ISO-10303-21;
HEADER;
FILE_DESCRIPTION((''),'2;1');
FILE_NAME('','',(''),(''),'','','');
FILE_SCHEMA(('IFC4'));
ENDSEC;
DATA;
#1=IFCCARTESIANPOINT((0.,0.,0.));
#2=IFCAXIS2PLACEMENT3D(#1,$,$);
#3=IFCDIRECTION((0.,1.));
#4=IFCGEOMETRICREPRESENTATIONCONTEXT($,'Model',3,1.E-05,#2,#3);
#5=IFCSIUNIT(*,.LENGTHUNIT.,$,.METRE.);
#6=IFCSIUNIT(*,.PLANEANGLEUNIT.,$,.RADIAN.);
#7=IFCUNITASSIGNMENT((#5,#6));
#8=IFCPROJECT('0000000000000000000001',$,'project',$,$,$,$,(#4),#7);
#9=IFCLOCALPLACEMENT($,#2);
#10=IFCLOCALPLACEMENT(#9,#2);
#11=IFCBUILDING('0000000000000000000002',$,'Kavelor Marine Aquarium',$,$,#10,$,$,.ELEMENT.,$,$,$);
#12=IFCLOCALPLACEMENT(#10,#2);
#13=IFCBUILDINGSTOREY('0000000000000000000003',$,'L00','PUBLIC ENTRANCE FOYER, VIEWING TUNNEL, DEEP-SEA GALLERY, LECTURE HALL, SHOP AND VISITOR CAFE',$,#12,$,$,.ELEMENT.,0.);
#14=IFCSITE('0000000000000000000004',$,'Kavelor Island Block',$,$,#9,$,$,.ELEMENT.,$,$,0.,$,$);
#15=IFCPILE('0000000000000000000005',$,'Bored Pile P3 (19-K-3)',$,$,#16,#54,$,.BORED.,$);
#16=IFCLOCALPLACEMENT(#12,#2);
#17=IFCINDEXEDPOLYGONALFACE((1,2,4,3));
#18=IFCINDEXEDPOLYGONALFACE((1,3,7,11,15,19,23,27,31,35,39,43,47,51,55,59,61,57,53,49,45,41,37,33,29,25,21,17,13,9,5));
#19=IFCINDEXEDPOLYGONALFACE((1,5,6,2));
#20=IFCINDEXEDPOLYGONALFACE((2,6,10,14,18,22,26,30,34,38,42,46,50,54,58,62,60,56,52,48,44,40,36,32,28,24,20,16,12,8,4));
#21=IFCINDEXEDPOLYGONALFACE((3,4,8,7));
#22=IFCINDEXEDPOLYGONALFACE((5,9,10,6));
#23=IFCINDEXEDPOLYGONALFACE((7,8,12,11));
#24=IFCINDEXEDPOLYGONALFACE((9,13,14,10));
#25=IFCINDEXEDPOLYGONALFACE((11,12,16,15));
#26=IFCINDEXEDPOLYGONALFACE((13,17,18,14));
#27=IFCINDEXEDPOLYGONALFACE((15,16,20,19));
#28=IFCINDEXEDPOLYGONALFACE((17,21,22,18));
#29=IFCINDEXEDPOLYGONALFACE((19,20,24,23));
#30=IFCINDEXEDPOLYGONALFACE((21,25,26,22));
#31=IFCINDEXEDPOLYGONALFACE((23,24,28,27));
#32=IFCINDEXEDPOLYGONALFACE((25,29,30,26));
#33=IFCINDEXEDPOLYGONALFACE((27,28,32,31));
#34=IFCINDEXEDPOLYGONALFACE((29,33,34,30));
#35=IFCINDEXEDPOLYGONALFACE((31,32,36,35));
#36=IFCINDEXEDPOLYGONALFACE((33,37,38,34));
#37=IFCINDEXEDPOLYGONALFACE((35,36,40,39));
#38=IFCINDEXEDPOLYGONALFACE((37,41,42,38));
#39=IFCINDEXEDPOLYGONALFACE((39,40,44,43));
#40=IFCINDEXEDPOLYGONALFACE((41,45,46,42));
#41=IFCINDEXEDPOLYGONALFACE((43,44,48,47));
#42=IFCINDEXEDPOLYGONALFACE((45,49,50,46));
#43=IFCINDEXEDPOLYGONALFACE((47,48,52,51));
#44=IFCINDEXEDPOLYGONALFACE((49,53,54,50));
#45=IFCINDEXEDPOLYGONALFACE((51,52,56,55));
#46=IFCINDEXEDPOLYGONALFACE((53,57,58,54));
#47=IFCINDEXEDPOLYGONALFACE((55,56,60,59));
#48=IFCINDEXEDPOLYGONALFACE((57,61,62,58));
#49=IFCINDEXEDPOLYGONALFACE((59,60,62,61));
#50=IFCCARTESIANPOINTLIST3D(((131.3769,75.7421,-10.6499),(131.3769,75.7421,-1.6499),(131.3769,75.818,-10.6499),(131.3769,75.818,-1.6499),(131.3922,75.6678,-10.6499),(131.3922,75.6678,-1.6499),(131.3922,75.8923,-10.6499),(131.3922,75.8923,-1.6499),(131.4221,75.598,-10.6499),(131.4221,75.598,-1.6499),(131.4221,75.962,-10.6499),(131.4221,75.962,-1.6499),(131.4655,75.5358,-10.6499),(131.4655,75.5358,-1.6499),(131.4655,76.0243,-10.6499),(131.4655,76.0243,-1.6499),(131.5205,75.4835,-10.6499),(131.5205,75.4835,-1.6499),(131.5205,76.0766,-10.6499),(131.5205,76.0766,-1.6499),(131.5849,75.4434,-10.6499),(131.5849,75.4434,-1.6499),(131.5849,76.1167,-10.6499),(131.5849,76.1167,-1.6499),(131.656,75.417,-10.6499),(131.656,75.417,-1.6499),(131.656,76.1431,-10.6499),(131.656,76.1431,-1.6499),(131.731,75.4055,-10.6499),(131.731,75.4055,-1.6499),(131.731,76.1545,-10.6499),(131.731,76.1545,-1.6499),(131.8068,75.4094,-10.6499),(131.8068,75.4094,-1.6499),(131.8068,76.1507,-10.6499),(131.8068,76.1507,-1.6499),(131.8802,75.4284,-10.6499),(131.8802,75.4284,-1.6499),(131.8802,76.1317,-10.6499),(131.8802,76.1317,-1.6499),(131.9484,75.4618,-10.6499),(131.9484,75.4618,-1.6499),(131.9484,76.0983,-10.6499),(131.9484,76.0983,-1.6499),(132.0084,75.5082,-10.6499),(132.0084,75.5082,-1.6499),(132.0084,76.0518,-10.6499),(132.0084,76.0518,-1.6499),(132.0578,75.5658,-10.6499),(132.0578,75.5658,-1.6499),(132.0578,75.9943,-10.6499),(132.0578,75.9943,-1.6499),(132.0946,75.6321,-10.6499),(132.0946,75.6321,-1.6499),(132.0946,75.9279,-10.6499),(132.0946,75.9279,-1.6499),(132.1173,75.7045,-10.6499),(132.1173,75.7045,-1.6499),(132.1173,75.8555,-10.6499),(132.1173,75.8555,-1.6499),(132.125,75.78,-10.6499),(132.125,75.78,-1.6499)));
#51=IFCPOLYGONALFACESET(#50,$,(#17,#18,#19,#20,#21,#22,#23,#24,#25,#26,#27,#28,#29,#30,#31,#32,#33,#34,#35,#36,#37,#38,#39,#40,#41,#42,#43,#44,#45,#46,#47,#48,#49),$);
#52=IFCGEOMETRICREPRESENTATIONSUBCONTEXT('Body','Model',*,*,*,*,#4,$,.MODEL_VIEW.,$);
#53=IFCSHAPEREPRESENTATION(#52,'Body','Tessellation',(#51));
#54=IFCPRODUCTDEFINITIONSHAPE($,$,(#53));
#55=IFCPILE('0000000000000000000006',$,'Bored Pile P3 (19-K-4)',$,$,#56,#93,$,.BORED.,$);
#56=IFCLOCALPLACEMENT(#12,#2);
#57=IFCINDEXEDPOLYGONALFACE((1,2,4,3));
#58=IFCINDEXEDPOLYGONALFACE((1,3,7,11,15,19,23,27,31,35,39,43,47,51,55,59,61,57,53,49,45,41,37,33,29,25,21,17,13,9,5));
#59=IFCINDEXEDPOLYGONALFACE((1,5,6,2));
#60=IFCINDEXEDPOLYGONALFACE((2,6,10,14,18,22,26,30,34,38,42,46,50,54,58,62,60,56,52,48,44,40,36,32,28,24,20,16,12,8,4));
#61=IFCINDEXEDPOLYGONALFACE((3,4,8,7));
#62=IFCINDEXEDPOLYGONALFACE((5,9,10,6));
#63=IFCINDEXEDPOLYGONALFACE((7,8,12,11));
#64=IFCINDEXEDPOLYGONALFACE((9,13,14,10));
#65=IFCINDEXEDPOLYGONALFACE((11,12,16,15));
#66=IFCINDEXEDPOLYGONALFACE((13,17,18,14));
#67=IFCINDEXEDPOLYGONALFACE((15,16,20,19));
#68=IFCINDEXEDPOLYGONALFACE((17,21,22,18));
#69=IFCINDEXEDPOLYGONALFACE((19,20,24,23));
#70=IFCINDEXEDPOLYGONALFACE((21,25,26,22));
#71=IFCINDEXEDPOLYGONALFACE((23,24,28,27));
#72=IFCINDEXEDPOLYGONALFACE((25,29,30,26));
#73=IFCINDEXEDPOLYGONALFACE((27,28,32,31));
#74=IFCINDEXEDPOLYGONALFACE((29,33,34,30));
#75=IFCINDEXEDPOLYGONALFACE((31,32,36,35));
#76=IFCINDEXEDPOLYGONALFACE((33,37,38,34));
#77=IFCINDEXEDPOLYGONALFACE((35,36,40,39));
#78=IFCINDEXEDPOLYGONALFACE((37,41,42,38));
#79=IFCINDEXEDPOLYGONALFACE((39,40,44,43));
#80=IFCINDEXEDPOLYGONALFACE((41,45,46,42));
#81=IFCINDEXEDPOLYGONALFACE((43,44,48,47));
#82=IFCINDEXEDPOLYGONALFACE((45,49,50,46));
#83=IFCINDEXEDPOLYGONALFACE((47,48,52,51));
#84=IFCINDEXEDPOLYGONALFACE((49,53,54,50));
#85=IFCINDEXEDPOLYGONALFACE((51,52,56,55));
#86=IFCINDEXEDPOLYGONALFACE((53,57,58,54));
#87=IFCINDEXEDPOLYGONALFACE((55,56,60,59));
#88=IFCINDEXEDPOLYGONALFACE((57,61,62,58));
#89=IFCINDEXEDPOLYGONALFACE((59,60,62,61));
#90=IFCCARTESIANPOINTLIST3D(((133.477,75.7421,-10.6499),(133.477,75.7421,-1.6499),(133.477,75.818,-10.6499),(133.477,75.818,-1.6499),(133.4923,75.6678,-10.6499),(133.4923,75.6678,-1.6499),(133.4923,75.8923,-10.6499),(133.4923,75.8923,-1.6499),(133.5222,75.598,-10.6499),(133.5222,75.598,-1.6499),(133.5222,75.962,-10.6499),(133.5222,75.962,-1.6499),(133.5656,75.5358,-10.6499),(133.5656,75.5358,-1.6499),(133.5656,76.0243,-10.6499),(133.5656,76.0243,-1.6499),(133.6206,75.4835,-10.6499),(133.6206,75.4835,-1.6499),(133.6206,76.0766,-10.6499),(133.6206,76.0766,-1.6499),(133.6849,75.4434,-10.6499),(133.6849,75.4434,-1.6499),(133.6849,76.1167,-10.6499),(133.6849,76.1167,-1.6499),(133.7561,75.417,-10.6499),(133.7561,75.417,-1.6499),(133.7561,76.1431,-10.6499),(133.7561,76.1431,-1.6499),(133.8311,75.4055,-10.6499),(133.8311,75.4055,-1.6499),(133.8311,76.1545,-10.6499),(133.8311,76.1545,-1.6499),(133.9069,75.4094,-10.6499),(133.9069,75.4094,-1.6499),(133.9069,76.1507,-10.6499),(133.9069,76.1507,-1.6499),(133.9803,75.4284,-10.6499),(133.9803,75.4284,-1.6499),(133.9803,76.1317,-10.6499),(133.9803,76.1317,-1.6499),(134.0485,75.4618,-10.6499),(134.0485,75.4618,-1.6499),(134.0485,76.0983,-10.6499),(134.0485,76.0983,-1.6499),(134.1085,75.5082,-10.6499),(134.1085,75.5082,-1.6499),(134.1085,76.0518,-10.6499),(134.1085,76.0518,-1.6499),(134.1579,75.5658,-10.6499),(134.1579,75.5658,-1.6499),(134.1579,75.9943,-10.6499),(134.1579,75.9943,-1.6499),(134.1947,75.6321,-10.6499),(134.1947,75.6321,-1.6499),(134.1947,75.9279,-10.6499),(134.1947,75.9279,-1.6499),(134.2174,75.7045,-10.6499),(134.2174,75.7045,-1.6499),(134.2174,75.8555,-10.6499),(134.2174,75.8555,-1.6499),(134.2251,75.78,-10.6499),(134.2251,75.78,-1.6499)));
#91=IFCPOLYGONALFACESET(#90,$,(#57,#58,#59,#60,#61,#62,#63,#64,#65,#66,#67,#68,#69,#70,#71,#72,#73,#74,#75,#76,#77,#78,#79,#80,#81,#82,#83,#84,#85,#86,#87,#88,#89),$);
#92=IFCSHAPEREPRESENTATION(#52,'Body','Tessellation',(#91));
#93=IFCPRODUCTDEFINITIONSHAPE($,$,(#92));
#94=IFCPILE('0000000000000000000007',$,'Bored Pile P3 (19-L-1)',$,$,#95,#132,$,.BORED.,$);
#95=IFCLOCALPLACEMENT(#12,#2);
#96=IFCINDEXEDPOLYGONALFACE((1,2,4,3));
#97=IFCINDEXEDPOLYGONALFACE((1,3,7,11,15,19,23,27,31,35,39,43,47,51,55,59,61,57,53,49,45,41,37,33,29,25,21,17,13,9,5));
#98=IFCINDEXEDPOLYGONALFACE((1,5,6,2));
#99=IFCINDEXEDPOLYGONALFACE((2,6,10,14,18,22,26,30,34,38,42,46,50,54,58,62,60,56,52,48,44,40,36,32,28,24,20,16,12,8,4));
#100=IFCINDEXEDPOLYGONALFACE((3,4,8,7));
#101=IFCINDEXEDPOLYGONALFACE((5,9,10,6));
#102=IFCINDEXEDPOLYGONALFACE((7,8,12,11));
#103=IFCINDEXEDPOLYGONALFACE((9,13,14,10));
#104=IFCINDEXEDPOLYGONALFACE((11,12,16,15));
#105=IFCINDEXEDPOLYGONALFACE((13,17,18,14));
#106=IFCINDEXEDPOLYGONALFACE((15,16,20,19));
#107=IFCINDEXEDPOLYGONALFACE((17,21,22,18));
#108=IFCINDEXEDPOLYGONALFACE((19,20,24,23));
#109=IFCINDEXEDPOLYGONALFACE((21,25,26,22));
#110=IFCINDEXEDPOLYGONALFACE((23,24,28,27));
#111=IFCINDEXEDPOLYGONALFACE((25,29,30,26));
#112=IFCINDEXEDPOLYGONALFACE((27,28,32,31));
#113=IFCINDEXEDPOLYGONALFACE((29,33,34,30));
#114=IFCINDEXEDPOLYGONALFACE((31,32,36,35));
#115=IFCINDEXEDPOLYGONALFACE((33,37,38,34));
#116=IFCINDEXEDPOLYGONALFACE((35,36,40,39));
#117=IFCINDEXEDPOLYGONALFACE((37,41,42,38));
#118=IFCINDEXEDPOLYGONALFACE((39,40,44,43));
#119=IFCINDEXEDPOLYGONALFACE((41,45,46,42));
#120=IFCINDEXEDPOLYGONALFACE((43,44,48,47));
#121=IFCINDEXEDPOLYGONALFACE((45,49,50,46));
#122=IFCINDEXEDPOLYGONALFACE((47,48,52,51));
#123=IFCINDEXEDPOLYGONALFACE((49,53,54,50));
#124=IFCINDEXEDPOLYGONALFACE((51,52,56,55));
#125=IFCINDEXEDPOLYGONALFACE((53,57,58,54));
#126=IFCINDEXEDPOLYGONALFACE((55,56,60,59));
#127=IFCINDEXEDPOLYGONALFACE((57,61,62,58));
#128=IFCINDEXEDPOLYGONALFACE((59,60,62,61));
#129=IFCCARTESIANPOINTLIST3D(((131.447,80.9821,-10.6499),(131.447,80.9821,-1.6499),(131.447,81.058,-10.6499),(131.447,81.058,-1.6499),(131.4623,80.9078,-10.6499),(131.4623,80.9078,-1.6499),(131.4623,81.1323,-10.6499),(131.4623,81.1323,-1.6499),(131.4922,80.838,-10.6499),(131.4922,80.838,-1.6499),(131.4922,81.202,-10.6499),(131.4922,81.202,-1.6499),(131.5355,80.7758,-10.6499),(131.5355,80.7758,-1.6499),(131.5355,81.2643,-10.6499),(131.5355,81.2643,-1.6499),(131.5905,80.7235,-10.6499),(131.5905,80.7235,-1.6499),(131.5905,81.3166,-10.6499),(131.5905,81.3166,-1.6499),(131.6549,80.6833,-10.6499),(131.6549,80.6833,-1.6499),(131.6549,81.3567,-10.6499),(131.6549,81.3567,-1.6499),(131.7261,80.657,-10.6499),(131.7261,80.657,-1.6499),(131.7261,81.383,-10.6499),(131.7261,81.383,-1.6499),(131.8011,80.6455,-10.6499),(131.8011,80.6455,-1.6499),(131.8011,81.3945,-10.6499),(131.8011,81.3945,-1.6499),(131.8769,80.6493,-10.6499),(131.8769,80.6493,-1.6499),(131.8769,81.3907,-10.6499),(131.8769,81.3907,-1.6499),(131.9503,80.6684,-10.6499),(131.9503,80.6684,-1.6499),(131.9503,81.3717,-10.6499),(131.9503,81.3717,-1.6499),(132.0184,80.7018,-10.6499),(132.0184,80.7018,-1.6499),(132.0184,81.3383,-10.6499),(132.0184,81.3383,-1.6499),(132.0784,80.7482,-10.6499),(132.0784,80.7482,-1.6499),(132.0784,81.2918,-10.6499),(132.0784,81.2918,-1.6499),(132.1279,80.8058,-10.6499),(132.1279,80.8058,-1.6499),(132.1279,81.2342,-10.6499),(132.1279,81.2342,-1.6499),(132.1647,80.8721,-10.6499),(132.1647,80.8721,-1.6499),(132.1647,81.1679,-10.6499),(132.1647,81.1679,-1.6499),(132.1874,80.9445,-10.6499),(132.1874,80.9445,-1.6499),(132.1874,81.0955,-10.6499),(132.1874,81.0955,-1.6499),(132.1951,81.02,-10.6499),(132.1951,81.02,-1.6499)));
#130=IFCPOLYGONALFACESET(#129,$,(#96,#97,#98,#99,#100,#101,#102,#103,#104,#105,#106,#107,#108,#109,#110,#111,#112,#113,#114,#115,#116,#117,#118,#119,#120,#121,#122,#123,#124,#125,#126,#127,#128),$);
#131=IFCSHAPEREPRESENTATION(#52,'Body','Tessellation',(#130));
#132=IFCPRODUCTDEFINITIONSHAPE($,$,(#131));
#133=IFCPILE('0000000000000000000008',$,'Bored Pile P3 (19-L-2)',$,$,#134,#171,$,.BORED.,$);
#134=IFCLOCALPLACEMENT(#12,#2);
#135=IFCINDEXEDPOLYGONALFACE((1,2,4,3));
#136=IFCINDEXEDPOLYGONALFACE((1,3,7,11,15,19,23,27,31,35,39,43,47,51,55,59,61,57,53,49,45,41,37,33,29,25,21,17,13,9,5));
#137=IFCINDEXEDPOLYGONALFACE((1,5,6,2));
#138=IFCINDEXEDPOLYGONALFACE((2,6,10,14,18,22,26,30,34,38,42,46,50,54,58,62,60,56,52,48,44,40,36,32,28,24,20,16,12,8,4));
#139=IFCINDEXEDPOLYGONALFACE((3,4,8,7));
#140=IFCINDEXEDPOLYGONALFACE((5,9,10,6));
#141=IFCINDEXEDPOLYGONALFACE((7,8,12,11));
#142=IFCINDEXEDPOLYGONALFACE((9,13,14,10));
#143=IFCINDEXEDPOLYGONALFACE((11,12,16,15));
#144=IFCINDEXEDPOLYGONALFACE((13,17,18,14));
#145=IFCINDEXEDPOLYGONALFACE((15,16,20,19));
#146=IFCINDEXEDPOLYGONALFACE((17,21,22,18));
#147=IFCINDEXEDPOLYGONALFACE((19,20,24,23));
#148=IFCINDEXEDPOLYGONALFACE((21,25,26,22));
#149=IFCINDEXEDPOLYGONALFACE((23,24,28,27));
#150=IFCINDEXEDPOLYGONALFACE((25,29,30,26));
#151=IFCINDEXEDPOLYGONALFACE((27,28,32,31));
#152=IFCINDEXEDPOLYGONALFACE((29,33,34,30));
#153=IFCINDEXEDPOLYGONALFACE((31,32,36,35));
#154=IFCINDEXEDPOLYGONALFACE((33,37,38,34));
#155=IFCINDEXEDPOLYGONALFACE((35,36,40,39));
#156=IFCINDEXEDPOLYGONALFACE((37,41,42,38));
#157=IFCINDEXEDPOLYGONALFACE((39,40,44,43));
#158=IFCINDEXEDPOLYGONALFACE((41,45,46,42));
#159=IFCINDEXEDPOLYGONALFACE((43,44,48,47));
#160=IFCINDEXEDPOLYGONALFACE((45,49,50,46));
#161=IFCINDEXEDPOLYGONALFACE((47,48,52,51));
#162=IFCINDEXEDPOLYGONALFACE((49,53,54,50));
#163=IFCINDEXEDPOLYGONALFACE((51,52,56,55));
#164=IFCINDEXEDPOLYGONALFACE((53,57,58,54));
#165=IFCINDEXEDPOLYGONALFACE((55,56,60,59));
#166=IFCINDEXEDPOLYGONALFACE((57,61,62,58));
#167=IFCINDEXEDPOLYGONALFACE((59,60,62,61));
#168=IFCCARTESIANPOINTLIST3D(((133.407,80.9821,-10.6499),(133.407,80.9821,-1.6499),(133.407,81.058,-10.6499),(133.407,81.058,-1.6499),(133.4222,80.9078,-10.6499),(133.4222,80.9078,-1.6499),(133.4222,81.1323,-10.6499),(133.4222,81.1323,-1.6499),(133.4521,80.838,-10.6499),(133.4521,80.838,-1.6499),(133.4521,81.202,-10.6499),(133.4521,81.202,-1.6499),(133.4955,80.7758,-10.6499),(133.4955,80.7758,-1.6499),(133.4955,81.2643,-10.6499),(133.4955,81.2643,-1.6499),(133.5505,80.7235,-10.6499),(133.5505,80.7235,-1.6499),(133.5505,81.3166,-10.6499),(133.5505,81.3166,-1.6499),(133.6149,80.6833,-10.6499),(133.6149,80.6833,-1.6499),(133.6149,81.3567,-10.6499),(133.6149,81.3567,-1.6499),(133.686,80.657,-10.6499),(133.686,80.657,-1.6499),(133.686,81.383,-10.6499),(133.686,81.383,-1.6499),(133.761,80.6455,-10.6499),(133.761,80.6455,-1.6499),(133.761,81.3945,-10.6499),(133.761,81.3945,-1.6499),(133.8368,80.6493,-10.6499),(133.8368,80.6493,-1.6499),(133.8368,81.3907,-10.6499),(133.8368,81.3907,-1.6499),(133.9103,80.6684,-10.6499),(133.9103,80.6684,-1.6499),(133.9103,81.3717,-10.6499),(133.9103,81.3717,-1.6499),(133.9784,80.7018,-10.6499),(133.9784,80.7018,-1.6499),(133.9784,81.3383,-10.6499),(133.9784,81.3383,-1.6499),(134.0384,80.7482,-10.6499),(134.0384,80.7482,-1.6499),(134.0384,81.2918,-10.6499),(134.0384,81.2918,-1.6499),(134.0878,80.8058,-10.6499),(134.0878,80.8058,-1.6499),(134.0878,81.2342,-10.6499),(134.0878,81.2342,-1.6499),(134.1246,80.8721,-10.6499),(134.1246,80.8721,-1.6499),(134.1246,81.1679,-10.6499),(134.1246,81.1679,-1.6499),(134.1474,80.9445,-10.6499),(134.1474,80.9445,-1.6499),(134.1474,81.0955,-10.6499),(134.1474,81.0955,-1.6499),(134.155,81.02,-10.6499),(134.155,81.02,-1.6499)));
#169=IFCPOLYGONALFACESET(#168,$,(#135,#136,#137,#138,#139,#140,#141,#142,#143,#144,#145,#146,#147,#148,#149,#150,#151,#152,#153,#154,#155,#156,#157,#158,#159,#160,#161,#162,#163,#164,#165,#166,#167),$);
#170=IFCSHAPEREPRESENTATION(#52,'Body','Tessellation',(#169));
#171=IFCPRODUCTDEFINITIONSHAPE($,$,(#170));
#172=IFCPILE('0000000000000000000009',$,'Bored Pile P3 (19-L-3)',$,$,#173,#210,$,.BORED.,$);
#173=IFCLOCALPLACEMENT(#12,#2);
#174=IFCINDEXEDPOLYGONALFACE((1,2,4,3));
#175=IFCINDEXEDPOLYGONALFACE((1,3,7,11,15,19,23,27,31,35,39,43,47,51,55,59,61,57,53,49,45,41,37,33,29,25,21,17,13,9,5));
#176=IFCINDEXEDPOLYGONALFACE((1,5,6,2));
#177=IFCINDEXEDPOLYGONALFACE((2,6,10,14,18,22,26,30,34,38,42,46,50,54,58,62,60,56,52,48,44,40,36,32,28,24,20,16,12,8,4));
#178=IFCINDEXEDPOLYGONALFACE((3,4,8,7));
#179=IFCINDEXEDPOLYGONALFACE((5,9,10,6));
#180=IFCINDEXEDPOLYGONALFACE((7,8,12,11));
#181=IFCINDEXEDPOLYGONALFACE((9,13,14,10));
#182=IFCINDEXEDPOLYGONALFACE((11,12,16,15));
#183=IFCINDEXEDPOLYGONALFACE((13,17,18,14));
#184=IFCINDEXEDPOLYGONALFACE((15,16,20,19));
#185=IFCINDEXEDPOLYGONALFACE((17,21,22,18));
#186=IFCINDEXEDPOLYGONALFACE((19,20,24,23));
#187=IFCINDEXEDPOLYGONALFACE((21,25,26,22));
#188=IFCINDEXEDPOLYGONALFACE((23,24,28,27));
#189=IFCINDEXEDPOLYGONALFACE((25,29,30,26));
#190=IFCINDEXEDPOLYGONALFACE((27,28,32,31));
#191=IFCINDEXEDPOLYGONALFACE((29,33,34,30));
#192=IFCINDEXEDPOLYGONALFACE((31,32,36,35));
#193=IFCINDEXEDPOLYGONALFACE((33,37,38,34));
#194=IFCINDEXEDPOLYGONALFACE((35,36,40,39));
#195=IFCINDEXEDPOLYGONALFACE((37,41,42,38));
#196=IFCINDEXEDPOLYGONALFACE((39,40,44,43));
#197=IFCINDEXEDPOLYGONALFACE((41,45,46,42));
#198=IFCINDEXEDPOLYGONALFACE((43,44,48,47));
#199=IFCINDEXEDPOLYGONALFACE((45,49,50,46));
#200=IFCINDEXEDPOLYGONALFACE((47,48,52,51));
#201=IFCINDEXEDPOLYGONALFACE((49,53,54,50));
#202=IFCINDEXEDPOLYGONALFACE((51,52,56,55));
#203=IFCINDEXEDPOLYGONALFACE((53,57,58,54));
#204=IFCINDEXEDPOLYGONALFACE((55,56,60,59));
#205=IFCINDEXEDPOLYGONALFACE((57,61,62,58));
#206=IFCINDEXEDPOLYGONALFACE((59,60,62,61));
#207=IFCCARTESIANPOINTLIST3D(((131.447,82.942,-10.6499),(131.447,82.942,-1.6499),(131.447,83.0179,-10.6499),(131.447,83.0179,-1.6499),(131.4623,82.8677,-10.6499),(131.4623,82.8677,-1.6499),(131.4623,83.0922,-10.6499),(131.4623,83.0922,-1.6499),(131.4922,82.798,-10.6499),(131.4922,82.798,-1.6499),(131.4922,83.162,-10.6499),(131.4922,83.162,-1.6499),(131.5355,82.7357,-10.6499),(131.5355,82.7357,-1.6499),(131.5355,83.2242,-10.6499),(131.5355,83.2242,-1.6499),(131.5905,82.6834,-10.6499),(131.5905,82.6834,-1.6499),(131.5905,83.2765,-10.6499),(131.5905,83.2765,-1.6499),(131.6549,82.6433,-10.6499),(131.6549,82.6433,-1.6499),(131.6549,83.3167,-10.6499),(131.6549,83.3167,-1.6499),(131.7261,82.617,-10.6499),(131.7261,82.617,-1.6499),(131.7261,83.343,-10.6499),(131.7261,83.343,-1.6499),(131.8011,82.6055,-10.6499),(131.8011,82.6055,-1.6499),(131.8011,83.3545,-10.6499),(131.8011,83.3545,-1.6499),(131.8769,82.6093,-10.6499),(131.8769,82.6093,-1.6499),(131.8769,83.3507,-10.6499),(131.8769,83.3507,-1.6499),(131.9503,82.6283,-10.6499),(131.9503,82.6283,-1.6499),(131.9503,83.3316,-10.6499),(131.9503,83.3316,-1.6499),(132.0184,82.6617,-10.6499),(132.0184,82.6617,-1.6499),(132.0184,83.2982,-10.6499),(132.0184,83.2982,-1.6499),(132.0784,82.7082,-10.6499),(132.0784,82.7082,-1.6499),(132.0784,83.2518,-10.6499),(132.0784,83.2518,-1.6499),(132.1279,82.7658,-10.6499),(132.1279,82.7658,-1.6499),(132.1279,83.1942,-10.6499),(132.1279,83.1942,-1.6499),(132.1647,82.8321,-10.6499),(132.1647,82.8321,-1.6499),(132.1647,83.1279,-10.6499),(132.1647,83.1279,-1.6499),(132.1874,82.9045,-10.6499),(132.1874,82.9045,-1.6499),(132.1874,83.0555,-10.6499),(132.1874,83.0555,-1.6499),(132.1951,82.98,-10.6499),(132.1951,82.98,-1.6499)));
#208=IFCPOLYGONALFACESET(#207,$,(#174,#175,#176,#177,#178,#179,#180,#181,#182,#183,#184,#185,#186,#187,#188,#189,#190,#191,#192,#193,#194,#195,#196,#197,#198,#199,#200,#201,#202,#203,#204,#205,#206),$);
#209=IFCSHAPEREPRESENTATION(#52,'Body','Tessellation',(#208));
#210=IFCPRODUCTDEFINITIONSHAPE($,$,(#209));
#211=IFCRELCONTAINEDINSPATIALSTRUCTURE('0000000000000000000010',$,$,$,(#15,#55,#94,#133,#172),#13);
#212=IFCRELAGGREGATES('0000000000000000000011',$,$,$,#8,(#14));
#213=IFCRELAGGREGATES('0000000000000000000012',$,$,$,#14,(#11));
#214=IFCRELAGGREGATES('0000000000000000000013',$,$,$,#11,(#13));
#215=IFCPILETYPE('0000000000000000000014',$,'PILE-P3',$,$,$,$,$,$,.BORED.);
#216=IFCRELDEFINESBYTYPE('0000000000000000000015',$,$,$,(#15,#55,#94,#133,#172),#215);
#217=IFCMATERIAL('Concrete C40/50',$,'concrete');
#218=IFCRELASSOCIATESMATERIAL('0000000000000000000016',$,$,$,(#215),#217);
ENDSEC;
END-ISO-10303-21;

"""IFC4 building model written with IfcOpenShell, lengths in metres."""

from ifc_helpers import new_model, si_unit, direction, frame, origin, origin_2d, place, context, subcontext, project, spatial, circle, extrude, material, material_profile, profile_set, type_object, element, save


model = new_model("IFC4")

# Units and contexts
model_context = context("Model", 3, precision=1e-05, world=origin(), true_north=direction((0.0, 1.0)))
body_context = subcontext(model_context, "Body", "Model", "MODEL_VIEW")
ifc_project = project(units=[si_unit("LENGTHUNIT", "METRE"), si_unit("PLANEANGLEUNIT", "RADIAN")], contexts=[model_context])

# Site, building, storey
site_placement = place(None, origin())
site = spatial("IfcSite", under=ifc_project, at=site_placement, Name="Kavelor Island Block", CompositionType="ELEMENT", RefElevation=0.0)
building_placement = place(site_placement, origin())
building = spatial("IfcBuilding", under=site, at=building_placement, Name="Kavelor Marine Aquarium", CompositionType="ELEMENT")
storey_placement = place(building_placement, origin())
storey = spatial("IfcBuildingStorey", under=building, at=storey_placement, Name="L00", Description="PUBLIC ENTRANCE FOYER, VIEWING TUNNEL, DEEP-SEA GALLERY, LECTURE HALL, SHOP AND VISITOR CAFE", CompositionType="ELEMENT", Elevation=0.0)

# Piles
ifc_material_1 = material(Name="Concrete C40/50", Category="concrete")
ifc_material_profile_1 = material_profile(ifc_material_1, circle(Radius=0.375, at=origin_2d()), Name="PILE D750")
ifc_profile_set_1 = profile_set([ifc_material_profile_1], Name="Concrete C40/50")
pile_type_1 = type_object("IfcPileType", Name="PILE-P3", PredefinedType="BORED", material=ifc_profile_set_1)
for number, where, z_axis, x_axis, name in (
    (1, (131.75, 75.78, -1.6499), (0.0, 0.0, -1.0), (1.0, 0.0, 0.0), "Bored Pile P3 (19-K-3)"),
    (2, (133.8501, 75.78, -1.6499), (0.0, 0.0, -1.0), (1.0, 0.0, 0.0), "Bored Pile P3 (19-K-4)"),
    (3, (131.8201, 81.02, -1.6499), (0.0, 0.0, -1.0), (1.0, 0.0, 0.0), "Bored Pile P3 (19-L-1)"),
    (4, (133.78, 81.02, -1.6499), (0.0, 0.0, -1.0), (1.0, 0.0, 0.0), "Bored Pile P3 (19-L-2)"),
    (5, (131.8201, 82.98, -1.6499), (0.0, 0.0, -1.0), (1.0, 0.0, 0.0), "Bored Pile P3 (19-L-3)"),
):
    element("IfcPile", number, at=place(storey_placement, frame(where, z_axis=z_axis, x_axis=x_axis)), inside=storey, type_object=pile_type_1, Name=name, PredefinedType="BORED", context=body_context, shape_type="SweptSolid", body=[
        extrude(circle(Radius=0.375, at=origin_2d()), origin(), (0.0, 0.0, 1.0), 9.0),
    ])

save(model, "model.ifc")
